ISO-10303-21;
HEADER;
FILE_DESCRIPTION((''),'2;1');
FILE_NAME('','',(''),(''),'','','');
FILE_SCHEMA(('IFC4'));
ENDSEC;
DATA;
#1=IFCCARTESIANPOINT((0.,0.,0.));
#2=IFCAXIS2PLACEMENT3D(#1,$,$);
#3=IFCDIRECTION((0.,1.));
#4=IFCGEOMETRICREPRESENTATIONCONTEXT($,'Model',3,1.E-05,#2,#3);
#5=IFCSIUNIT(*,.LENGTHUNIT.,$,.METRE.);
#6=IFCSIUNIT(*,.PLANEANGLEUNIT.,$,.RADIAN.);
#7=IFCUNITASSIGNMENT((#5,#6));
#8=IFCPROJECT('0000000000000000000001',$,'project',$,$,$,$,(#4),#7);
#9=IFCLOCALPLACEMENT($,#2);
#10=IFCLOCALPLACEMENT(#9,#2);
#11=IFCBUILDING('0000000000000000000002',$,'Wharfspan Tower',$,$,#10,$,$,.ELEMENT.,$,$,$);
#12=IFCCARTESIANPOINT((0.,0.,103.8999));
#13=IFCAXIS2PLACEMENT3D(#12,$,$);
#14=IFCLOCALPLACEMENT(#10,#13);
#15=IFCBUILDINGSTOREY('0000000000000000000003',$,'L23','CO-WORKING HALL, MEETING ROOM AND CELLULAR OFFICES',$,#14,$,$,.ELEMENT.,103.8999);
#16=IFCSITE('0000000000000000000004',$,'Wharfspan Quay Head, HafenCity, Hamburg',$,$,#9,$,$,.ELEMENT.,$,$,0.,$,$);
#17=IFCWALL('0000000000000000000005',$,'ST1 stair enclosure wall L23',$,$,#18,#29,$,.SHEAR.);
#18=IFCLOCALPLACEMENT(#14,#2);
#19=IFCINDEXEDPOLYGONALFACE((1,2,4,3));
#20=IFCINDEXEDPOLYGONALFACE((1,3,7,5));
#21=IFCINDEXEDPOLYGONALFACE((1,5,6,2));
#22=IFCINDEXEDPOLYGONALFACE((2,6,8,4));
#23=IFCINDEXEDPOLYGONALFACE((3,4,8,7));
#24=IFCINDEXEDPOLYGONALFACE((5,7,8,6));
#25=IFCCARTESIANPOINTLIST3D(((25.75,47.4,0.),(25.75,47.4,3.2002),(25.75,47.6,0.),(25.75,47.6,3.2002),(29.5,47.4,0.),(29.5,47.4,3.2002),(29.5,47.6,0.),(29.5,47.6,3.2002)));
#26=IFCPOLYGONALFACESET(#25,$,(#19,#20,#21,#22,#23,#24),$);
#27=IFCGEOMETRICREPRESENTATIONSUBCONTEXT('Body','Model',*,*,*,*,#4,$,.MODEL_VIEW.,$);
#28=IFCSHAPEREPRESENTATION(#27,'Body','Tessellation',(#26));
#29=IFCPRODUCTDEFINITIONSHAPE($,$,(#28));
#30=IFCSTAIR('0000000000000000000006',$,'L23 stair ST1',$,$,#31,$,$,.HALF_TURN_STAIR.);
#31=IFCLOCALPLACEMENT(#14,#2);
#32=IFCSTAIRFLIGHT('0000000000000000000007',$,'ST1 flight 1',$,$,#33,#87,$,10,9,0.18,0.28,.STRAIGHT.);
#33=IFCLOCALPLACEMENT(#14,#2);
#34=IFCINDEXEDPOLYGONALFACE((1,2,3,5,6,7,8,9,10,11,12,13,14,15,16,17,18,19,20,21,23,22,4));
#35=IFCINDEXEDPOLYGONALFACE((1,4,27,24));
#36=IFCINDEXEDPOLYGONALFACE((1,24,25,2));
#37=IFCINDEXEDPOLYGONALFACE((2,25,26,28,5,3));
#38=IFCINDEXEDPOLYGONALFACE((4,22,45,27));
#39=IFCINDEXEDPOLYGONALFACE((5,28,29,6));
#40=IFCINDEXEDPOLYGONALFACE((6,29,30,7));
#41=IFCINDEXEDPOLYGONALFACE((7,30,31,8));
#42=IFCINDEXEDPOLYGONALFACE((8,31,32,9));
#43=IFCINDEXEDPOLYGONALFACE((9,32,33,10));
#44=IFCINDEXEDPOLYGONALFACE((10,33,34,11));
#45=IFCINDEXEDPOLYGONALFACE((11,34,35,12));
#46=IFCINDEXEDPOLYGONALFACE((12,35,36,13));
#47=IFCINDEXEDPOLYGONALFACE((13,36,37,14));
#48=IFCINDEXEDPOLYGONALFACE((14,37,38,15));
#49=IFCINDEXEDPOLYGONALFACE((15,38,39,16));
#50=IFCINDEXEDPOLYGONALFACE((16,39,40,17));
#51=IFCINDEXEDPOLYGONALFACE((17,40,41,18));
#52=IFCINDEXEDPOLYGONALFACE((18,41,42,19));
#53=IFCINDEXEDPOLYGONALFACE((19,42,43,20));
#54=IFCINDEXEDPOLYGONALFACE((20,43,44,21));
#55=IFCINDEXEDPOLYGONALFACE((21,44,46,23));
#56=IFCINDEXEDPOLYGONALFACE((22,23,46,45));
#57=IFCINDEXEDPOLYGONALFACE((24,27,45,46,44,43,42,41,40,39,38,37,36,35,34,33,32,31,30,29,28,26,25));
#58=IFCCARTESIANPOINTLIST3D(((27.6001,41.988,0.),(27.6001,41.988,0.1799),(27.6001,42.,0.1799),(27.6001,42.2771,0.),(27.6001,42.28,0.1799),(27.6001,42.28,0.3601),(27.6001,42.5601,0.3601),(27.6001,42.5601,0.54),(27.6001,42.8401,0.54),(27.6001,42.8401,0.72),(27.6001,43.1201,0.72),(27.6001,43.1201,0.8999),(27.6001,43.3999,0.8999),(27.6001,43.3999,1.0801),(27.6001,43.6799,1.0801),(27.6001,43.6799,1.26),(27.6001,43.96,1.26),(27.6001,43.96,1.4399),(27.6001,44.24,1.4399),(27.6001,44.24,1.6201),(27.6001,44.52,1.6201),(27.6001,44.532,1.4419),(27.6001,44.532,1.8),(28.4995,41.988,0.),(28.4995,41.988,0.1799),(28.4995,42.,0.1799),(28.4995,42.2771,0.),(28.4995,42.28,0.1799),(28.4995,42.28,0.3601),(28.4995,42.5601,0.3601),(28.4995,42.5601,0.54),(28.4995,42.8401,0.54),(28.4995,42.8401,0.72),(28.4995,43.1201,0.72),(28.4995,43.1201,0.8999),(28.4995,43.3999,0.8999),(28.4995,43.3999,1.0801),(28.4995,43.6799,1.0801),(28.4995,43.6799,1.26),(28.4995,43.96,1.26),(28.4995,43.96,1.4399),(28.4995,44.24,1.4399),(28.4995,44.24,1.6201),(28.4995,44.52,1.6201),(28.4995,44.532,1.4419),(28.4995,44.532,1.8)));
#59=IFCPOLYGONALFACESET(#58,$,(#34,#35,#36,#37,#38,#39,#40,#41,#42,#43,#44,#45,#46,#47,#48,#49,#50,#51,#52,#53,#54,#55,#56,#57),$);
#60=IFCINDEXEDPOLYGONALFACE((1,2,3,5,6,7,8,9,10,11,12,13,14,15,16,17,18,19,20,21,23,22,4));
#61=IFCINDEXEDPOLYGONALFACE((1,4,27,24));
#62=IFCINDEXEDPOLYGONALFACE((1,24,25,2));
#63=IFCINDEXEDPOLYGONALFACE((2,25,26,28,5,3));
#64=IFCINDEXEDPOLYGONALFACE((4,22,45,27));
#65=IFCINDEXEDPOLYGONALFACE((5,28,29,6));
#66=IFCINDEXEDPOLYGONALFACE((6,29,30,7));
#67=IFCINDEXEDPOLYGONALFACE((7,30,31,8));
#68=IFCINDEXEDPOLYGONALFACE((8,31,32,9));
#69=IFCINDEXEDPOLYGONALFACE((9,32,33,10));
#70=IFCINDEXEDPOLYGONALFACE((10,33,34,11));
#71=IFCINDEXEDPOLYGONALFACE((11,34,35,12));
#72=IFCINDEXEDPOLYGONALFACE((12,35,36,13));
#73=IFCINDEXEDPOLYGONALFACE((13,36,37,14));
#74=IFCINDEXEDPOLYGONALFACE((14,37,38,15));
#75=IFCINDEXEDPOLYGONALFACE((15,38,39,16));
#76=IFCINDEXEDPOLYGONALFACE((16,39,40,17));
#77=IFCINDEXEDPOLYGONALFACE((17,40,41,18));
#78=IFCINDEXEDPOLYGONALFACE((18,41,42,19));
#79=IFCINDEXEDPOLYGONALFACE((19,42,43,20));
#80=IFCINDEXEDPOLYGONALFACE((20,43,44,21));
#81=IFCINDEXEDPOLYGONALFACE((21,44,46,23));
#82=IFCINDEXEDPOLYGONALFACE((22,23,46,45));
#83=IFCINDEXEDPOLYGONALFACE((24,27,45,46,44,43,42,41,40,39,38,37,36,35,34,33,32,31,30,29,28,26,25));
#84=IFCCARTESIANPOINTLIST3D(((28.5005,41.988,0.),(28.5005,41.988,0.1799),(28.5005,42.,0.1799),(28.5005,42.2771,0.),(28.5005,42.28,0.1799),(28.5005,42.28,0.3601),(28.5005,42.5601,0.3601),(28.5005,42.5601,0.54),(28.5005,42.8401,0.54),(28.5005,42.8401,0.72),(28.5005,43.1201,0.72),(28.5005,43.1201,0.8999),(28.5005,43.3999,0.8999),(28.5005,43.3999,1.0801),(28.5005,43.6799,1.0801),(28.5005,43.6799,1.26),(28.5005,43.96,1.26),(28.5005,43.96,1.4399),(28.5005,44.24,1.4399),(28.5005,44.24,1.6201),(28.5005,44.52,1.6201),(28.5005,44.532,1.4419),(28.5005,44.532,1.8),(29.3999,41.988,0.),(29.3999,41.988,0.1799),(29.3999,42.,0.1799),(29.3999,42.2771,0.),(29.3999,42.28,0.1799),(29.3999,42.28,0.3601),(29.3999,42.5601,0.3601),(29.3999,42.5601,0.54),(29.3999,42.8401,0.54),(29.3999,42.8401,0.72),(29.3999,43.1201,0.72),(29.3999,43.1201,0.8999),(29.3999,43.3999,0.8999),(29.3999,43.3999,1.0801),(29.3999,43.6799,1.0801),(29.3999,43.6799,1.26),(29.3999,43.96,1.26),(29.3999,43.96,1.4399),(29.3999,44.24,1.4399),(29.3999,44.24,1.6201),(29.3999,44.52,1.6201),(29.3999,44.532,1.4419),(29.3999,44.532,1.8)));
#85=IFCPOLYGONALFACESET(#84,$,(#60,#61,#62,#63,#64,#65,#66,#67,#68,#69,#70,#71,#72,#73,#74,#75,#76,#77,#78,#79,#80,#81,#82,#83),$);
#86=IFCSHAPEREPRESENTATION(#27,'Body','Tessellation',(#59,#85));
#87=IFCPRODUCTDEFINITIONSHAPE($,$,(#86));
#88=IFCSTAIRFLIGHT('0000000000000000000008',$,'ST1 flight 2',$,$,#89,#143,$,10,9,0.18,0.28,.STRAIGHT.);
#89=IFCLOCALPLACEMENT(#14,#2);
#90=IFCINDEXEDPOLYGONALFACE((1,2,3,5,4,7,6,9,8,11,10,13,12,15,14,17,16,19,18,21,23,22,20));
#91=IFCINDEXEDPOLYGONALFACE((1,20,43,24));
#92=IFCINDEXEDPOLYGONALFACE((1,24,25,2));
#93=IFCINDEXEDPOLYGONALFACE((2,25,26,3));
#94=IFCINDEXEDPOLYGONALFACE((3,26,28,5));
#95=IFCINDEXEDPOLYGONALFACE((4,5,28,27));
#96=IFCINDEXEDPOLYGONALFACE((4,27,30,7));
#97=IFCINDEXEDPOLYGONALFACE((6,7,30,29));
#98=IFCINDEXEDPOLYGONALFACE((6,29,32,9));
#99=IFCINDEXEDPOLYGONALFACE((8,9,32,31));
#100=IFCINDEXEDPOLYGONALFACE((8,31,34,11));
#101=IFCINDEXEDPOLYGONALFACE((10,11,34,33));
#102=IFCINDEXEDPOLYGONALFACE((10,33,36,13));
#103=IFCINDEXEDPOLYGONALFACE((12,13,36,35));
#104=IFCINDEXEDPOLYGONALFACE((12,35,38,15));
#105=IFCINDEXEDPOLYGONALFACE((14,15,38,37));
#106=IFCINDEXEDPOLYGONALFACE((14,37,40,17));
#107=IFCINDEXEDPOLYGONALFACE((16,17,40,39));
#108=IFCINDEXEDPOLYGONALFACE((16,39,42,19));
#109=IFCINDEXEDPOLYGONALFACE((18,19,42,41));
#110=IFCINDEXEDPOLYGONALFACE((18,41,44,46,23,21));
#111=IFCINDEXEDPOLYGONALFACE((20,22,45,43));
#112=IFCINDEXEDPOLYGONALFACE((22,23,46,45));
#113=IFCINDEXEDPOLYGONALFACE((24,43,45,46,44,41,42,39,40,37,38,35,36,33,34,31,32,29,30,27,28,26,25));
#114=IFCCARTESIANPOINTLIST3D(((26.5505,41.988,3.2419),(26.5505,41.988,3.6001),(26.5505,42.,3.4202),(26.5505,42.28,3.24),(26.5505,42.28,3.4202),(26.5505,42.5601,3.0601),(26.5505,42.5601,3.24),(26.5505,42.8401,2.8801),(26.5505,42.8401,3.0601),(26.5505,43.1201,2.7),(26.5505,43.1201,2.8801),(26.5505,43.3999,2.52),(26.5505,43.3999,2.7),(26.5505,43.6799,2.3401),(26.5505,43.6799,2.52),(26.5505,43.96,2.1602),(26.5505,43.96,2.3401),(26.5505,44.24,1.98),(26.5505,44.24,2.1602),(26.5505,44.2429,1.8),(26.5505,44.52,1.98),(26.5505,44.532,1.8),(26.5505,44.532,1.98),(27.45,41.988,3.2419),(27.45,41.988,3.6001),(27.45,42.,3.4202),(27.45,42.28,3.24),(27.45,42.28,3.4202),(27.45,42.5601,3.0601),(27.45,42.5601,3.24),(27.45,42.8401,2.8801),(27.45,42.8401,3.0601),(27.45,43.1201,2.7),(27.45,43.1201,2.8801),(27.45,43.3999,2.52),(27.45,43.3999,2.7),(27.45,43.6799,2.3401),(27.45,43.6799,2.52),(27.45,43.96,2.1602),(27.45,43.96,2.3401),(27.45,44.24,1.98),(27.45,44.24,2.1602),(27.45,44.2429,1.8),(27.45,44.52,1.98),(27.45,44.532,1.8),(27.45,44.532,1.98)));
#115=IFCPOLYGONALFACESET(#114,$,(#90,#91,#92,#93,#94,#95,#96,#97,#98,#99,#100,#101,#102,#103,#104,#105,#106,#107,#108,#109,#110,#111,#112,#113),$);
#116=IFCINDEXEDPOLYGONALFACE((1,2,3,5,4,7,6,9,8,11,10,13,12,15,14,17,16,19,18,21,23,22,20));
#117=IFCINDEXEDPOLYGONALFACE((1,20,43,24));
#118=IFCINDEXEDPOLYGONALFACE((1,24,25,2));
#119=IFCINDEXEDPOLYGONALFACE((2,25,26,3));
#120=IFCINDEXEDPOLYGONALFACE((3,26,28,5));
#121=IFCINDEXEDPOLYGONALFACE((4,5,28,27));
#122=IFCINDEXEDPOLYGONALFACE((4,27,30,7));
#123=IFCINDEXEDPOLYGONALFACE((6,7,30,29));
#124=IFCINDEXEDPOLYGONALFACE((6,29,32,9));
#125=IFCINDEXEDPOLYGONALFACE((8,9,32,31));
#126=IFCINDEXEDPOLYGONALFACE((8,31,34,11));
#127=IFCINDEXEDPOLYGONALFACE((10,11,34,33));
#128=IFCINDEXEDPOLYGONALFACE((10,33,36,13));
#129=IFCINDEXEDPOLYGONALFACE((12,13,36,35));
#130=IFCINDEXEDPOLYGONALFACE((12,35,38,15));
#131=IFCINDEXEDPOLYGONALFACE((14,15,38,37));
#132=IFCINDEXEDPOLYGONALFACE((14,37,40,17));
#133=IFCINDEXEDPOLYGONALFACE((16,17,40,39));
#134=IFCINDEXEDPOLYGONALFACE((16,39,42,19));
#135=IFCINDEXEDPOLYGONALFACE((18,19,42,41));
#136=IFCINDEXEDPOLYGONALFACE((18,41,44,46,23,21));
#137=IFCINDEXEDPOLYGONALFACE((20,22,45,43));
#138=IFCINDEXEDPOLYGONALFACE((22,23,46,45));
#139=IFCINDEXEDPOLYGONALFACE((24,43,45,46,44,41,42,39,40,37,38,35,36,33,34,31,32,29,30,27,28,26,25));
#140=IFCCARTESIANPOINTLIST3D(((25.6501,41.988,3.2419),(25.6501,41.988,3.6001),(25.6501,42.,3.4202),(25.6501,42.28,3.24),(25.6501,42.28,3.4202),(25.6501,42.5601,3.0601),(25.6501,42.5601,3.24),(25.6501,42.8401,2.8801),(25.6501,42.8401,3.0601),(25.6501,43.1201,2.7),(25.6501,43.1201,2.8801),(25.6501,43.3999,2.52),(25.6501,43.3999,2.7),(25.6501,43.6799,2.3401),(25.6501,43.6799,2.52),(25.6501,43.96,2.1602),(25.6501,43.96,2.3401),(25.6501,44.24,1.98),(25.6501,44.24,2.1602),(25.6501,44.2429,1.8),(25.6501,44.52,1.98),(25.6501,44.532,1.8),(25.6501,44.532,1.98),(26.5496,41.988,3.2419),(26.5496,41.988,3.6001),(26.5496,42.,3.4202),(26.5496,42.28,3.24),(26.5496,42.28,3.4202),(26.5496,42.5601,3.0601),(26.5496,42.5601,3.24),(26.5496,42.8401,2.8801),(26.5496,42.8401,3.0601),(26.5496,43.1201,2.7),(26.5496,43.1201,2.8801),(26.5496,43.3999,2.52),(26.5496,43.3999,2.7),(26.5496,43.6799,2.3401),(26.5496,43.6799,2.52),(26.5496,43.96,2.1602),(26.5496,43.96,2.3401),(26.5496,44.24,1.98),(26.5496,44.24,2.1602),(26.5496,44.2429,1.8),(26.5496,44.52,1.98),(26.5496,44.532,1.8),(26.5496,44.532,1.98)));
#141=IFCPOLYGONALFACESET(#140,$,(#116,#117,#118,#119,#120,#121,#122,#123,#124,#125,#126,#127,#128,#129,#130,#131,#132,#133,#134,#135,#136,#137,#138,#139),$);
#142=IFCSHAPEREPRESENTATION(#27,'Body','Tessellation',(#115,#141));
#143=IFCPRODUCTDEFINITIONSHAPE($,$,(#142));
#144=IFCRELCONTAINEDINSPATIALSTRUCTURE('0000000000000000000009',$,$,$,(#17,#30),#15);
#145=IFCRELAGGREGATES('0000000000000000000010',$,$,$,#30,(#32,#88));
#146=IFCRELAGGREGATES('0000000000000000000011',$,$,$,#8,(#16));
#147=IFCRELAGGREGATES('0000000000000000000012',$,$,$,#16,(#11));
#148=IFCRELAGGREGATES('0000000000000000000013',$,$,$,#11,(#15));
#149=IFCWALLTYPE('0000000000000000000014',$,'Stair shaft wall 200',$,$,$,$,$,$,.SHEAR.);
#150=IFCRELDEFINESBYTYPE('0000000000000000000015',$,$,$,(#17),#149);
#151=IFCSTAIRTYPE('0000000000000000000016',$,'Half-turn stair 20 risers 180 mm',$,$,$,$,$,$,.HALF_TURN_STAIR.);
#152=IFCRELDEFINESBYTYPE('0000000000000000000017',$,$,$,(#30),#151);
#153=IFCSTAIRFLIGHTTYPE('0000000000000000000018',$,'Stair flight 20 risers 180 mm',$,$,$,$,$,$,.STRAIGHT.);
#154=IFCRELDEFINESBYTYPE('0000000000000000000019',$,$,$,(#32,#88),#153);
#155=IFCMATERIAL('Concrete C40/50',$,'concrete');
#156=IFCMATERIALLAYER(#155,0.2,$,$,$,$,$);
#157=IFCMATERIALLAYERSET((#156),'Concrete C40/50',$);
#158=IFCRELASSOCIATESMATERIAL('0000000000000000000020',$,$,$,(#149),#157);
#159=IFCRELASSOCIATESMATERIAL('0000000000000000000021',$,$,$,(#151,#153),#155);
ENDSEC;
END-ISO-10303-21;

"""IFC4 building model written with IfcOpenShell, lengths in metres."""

from ifc_helpers import new_model, si_unit, direction, frame, frame_2d, origin, place, context, subcontext, project, spatial, polyline, rectangle, outline, extrude, material, layer, layer_set, type_object, element, aggregate, save


model = new_model("IFC4")

# Units and contexts
model_context = context("Model", 3, precision=1e-05, world=origin(), true_north=direction((0.0, 1.0)))
body_context = subcontext(model_context, "Body", "Model", "MODEL_VIEW")
ifc_project = project(units=[si_unit("LENGTHUNIT", "METRE"), si_unit("PLANEANGLEUNIT", "RADIAN")], contexts=[model_context])

# Site, building, storey
site_placement = place(None, origin())
site = spatial("IfcSite", under=ifc_project, at=site_placement, Name="Wharfspan Quay Head, HafenCity, Hamburg", CompositionType="ELEMENT", RefElevation=0.0)
building_placement = place(site_placement, origin())
building = spatial("IfcBuilding", under=site, at=building_placement, Name="Wharfspan Tower", CompositionType="ELEMENT")
storey_placement = place(building_placement, frame((0.0, 0.0, 103.8999)))
storey = spatial("IfcBuildingStorey", under=building, at=storey_placement, Name="L23", Description="CO-WORKING HALL, MEETING ROOM AND CELLULAR OFFICES", CompositionType="ELEMENT", Elevation=103.8999)

# Wall
ifc_material_1 = material(Name="Concrete C40/50", Category="concrete")
ifc_layer_1 = layer(ifc_material_1, 0.2)
ifc_layer_set_1 = layer_set([ifc_layer_1], Name="Concrete C40/50")
wall_type_1 = type_object("IfcWallType", Name="Stair shaft wall 200", PredefinedType="SHEAR", material=ifc_layer_set_1)
wall_1_placement = place(storey_placement, frame((25.75, 47.5, 0.0), z_axis=(0.0, 0.0, 1.0), x_axis=(1.0, 0.0, 0.0)))
element("IfcWall", 1, at=wall_1_placement, inside=storey, type_object=wall_type_1, Name="ST1 stair enclosure wall L23", PredefinedType="SHEAR", context=body_context, shape_type="SweptSolid", body=[
    extrude(rectangle(XDim=3.75, YDim=0.2, at=frame_2d((1.875, 0.0))), origin(), (0.0, 0.0, 1.0), 3.2002),
])

# Stair, stair flights
stair_type = type_object("IfcStairType", Name="Half-turn stair 20 risers 180 mm", PredefinedType="HALF_TURN_STAIR", material=ifc_material_1)
stair_placement = place(storey_placement, origin())
stair = element("IfcStair", 2, at=stair_placement, inside=storey, type_object=stair_type, Name="L23 stair ST1", PredefinedType="HALF_TURN_STAIR")
stair_flight_type = type_object("IfcStairFlightType", Name="Stair flight 20 risers 180 mm", PredefinedType="STRAIGHT", material=ifc_material_1)
stair_flight_1_placement = place(storey_placement, frame((28.5, 42.0, 0.0), z_axis=(0.0, 0.0, 1.0), x_axis=(0.0, 1.0, 0.0)))
stair_flight_1 = element("IfcStairFlight", 3, at=stair_flight_1_placement, type_object=stair_flight_type, Name="ST1 flight 1", NumberOfRisers=10, NumberOfTreads=9, PredefinedType="STRAIGHT", RiserHeight=0.18, TreadLength=0.28, context=body_context, shape_type="SweptSolid", body=[
    extrude(outline(polyline([(-0.012, 0.0), (-0.012, 0.1799), (0.0, 0.1799), (0.28, 0.1799), (0.28, 0.3601), (0.5601, 0.3601), (0.5601, 0.54), (0.8401, 0.54), (0.8401, 0.72), (1.1201, 0.72), (1.1201, 0.8999), (1.3999, 0.8999), (1.3999, 1.0801), (1.6799, 1.0801), (1.6799, 1.26), (1.96, 1.26), (1.96, 1.4399), (2.24, 1.4399), (2.24, 1.6201), (2.52, 1.6201), (2.532, 1.8), (2.532, 1.4419), (0.2771, 0.0), (-0.012, 0.0)])), frame((0.0, 0.8999, 0.0), z_axis=(0.0, -1.0, 0.0), x_axis=(1.0, 0.0, 0.0)), (0.0, 0.0, 1.0), 0.8994),
    extrude(outline(polyline([(-0.012, 0.0), (-0.012, 0.1799), (0.0, 0.1799), (0.28, 0.1799), (0.28, 0.3601), (0.5601, 0.3601), (0.5601, 0.54), (0.8401, 0.54), (0.8401, 0.72), (1.1201, 0.72), (1.1201, 0.8999), (1.3999, 0.8999), (1.3999, 1.0801), (1.6799, 1.0801), (1.6799, 1.26), (1.96, 1.26), (1.96, 1.4399), (2.24, 1.4399), (2.24, 1.6201), (2.52, 1.6201), (2.532, 1.8), (2.532, 1.4419), (0.2771, 0.0), (-0.012, 0.0)])), frame((0.0, -0.0005, 0.0), z_axis=(0.0, -1.0, 0.0), x_axis=(1.0, 0.0, 0.0)), (0.0, 0.0, 1.0), 0.8994),
])
stair_flight_2_placement = place(storey_placement, frame((26.55, 44.52, 1.8), z_axis=(0.0, 0.0, 1.0), x_axis=(0.0, -1.0, 0.0)))
stair_flight_2 = element("IfcStairFlight", 4, at=stair_flight_2_placement, type_object=stair_flight_type, Name="ST1 flight 2", NumberOfRisers=10, NumberOfTreads=9, PredefinedType="STRAIGHT", RiserHeight=0.18, TreadLength=0.28, context=body_context, shape_type="SweptSolid", body=[
    extrude(outline(polyline([(-0.012, 0.0), (-0.012, 0.1799), (0.0, 0.1799), (0.28, 0.1799), (0.28, 0.3601), (0.5601, 0.3601), (0.5601, 0.54), (0.8401, 0.54), (0.8401, 0.72), (1.1201, 0.72), (1.1201, 0.8999), (1.3999, 0.8999), (1.3999, 1.0801), (1.6799, 1.0801), (1.6799, 1.26), (1.96, 1.26), (1.96, 1.4399), (2.24, 1.4399), (2.24, 1.6201), (2.52, 1.6201), (2.532, 1.8), (2.532, 1.4419), (0.2771, 0.0), (-0.012, 0.0)])), frame((0.0, 0.8999, 0.0), z_axis=(0.0, -1.0, 0.0), x_axis=(1.0, 0.0, 0.0)), (0.0, 0.0, 1.0), 0.8994),
    extrude(outline(polyline([(-0.012, 0.0), (-0.012, 0.1799), (0.0, 0.1799), (0.28, 0.1799), (0.28, 0.3601), (0.5601, 0.3601), (0.5601, 0.54), (0.8401, 0.54), (0.8401, 0.72), (1.1201, 0.72), (1.1201, 0.8999), (1.3999, 0.8999), (1.3999, 1.0801), (1.6799, 1.0801), (1.6799, 1.26), (1.96, 1.26), (1.96, 1.4399), (2.24, 1.4399), (2.24, 1.6201), (2.52, 1.6201), (2.532, 1.8), (2.532, 1.4419), (0.2771, 0.0), (-0.012, 0.0)])), frame((0.0, -0.0005, 0.0), z_axis=(0.0, -1.0, 0.0), x_axis=(1.0, 0.0, 0.0)), (0.0, 0.0, 1.0), 0.8994),
])
aggregate(stair, [stair_flight_1, stair_flight_2])

save(model, "model.ifc")
